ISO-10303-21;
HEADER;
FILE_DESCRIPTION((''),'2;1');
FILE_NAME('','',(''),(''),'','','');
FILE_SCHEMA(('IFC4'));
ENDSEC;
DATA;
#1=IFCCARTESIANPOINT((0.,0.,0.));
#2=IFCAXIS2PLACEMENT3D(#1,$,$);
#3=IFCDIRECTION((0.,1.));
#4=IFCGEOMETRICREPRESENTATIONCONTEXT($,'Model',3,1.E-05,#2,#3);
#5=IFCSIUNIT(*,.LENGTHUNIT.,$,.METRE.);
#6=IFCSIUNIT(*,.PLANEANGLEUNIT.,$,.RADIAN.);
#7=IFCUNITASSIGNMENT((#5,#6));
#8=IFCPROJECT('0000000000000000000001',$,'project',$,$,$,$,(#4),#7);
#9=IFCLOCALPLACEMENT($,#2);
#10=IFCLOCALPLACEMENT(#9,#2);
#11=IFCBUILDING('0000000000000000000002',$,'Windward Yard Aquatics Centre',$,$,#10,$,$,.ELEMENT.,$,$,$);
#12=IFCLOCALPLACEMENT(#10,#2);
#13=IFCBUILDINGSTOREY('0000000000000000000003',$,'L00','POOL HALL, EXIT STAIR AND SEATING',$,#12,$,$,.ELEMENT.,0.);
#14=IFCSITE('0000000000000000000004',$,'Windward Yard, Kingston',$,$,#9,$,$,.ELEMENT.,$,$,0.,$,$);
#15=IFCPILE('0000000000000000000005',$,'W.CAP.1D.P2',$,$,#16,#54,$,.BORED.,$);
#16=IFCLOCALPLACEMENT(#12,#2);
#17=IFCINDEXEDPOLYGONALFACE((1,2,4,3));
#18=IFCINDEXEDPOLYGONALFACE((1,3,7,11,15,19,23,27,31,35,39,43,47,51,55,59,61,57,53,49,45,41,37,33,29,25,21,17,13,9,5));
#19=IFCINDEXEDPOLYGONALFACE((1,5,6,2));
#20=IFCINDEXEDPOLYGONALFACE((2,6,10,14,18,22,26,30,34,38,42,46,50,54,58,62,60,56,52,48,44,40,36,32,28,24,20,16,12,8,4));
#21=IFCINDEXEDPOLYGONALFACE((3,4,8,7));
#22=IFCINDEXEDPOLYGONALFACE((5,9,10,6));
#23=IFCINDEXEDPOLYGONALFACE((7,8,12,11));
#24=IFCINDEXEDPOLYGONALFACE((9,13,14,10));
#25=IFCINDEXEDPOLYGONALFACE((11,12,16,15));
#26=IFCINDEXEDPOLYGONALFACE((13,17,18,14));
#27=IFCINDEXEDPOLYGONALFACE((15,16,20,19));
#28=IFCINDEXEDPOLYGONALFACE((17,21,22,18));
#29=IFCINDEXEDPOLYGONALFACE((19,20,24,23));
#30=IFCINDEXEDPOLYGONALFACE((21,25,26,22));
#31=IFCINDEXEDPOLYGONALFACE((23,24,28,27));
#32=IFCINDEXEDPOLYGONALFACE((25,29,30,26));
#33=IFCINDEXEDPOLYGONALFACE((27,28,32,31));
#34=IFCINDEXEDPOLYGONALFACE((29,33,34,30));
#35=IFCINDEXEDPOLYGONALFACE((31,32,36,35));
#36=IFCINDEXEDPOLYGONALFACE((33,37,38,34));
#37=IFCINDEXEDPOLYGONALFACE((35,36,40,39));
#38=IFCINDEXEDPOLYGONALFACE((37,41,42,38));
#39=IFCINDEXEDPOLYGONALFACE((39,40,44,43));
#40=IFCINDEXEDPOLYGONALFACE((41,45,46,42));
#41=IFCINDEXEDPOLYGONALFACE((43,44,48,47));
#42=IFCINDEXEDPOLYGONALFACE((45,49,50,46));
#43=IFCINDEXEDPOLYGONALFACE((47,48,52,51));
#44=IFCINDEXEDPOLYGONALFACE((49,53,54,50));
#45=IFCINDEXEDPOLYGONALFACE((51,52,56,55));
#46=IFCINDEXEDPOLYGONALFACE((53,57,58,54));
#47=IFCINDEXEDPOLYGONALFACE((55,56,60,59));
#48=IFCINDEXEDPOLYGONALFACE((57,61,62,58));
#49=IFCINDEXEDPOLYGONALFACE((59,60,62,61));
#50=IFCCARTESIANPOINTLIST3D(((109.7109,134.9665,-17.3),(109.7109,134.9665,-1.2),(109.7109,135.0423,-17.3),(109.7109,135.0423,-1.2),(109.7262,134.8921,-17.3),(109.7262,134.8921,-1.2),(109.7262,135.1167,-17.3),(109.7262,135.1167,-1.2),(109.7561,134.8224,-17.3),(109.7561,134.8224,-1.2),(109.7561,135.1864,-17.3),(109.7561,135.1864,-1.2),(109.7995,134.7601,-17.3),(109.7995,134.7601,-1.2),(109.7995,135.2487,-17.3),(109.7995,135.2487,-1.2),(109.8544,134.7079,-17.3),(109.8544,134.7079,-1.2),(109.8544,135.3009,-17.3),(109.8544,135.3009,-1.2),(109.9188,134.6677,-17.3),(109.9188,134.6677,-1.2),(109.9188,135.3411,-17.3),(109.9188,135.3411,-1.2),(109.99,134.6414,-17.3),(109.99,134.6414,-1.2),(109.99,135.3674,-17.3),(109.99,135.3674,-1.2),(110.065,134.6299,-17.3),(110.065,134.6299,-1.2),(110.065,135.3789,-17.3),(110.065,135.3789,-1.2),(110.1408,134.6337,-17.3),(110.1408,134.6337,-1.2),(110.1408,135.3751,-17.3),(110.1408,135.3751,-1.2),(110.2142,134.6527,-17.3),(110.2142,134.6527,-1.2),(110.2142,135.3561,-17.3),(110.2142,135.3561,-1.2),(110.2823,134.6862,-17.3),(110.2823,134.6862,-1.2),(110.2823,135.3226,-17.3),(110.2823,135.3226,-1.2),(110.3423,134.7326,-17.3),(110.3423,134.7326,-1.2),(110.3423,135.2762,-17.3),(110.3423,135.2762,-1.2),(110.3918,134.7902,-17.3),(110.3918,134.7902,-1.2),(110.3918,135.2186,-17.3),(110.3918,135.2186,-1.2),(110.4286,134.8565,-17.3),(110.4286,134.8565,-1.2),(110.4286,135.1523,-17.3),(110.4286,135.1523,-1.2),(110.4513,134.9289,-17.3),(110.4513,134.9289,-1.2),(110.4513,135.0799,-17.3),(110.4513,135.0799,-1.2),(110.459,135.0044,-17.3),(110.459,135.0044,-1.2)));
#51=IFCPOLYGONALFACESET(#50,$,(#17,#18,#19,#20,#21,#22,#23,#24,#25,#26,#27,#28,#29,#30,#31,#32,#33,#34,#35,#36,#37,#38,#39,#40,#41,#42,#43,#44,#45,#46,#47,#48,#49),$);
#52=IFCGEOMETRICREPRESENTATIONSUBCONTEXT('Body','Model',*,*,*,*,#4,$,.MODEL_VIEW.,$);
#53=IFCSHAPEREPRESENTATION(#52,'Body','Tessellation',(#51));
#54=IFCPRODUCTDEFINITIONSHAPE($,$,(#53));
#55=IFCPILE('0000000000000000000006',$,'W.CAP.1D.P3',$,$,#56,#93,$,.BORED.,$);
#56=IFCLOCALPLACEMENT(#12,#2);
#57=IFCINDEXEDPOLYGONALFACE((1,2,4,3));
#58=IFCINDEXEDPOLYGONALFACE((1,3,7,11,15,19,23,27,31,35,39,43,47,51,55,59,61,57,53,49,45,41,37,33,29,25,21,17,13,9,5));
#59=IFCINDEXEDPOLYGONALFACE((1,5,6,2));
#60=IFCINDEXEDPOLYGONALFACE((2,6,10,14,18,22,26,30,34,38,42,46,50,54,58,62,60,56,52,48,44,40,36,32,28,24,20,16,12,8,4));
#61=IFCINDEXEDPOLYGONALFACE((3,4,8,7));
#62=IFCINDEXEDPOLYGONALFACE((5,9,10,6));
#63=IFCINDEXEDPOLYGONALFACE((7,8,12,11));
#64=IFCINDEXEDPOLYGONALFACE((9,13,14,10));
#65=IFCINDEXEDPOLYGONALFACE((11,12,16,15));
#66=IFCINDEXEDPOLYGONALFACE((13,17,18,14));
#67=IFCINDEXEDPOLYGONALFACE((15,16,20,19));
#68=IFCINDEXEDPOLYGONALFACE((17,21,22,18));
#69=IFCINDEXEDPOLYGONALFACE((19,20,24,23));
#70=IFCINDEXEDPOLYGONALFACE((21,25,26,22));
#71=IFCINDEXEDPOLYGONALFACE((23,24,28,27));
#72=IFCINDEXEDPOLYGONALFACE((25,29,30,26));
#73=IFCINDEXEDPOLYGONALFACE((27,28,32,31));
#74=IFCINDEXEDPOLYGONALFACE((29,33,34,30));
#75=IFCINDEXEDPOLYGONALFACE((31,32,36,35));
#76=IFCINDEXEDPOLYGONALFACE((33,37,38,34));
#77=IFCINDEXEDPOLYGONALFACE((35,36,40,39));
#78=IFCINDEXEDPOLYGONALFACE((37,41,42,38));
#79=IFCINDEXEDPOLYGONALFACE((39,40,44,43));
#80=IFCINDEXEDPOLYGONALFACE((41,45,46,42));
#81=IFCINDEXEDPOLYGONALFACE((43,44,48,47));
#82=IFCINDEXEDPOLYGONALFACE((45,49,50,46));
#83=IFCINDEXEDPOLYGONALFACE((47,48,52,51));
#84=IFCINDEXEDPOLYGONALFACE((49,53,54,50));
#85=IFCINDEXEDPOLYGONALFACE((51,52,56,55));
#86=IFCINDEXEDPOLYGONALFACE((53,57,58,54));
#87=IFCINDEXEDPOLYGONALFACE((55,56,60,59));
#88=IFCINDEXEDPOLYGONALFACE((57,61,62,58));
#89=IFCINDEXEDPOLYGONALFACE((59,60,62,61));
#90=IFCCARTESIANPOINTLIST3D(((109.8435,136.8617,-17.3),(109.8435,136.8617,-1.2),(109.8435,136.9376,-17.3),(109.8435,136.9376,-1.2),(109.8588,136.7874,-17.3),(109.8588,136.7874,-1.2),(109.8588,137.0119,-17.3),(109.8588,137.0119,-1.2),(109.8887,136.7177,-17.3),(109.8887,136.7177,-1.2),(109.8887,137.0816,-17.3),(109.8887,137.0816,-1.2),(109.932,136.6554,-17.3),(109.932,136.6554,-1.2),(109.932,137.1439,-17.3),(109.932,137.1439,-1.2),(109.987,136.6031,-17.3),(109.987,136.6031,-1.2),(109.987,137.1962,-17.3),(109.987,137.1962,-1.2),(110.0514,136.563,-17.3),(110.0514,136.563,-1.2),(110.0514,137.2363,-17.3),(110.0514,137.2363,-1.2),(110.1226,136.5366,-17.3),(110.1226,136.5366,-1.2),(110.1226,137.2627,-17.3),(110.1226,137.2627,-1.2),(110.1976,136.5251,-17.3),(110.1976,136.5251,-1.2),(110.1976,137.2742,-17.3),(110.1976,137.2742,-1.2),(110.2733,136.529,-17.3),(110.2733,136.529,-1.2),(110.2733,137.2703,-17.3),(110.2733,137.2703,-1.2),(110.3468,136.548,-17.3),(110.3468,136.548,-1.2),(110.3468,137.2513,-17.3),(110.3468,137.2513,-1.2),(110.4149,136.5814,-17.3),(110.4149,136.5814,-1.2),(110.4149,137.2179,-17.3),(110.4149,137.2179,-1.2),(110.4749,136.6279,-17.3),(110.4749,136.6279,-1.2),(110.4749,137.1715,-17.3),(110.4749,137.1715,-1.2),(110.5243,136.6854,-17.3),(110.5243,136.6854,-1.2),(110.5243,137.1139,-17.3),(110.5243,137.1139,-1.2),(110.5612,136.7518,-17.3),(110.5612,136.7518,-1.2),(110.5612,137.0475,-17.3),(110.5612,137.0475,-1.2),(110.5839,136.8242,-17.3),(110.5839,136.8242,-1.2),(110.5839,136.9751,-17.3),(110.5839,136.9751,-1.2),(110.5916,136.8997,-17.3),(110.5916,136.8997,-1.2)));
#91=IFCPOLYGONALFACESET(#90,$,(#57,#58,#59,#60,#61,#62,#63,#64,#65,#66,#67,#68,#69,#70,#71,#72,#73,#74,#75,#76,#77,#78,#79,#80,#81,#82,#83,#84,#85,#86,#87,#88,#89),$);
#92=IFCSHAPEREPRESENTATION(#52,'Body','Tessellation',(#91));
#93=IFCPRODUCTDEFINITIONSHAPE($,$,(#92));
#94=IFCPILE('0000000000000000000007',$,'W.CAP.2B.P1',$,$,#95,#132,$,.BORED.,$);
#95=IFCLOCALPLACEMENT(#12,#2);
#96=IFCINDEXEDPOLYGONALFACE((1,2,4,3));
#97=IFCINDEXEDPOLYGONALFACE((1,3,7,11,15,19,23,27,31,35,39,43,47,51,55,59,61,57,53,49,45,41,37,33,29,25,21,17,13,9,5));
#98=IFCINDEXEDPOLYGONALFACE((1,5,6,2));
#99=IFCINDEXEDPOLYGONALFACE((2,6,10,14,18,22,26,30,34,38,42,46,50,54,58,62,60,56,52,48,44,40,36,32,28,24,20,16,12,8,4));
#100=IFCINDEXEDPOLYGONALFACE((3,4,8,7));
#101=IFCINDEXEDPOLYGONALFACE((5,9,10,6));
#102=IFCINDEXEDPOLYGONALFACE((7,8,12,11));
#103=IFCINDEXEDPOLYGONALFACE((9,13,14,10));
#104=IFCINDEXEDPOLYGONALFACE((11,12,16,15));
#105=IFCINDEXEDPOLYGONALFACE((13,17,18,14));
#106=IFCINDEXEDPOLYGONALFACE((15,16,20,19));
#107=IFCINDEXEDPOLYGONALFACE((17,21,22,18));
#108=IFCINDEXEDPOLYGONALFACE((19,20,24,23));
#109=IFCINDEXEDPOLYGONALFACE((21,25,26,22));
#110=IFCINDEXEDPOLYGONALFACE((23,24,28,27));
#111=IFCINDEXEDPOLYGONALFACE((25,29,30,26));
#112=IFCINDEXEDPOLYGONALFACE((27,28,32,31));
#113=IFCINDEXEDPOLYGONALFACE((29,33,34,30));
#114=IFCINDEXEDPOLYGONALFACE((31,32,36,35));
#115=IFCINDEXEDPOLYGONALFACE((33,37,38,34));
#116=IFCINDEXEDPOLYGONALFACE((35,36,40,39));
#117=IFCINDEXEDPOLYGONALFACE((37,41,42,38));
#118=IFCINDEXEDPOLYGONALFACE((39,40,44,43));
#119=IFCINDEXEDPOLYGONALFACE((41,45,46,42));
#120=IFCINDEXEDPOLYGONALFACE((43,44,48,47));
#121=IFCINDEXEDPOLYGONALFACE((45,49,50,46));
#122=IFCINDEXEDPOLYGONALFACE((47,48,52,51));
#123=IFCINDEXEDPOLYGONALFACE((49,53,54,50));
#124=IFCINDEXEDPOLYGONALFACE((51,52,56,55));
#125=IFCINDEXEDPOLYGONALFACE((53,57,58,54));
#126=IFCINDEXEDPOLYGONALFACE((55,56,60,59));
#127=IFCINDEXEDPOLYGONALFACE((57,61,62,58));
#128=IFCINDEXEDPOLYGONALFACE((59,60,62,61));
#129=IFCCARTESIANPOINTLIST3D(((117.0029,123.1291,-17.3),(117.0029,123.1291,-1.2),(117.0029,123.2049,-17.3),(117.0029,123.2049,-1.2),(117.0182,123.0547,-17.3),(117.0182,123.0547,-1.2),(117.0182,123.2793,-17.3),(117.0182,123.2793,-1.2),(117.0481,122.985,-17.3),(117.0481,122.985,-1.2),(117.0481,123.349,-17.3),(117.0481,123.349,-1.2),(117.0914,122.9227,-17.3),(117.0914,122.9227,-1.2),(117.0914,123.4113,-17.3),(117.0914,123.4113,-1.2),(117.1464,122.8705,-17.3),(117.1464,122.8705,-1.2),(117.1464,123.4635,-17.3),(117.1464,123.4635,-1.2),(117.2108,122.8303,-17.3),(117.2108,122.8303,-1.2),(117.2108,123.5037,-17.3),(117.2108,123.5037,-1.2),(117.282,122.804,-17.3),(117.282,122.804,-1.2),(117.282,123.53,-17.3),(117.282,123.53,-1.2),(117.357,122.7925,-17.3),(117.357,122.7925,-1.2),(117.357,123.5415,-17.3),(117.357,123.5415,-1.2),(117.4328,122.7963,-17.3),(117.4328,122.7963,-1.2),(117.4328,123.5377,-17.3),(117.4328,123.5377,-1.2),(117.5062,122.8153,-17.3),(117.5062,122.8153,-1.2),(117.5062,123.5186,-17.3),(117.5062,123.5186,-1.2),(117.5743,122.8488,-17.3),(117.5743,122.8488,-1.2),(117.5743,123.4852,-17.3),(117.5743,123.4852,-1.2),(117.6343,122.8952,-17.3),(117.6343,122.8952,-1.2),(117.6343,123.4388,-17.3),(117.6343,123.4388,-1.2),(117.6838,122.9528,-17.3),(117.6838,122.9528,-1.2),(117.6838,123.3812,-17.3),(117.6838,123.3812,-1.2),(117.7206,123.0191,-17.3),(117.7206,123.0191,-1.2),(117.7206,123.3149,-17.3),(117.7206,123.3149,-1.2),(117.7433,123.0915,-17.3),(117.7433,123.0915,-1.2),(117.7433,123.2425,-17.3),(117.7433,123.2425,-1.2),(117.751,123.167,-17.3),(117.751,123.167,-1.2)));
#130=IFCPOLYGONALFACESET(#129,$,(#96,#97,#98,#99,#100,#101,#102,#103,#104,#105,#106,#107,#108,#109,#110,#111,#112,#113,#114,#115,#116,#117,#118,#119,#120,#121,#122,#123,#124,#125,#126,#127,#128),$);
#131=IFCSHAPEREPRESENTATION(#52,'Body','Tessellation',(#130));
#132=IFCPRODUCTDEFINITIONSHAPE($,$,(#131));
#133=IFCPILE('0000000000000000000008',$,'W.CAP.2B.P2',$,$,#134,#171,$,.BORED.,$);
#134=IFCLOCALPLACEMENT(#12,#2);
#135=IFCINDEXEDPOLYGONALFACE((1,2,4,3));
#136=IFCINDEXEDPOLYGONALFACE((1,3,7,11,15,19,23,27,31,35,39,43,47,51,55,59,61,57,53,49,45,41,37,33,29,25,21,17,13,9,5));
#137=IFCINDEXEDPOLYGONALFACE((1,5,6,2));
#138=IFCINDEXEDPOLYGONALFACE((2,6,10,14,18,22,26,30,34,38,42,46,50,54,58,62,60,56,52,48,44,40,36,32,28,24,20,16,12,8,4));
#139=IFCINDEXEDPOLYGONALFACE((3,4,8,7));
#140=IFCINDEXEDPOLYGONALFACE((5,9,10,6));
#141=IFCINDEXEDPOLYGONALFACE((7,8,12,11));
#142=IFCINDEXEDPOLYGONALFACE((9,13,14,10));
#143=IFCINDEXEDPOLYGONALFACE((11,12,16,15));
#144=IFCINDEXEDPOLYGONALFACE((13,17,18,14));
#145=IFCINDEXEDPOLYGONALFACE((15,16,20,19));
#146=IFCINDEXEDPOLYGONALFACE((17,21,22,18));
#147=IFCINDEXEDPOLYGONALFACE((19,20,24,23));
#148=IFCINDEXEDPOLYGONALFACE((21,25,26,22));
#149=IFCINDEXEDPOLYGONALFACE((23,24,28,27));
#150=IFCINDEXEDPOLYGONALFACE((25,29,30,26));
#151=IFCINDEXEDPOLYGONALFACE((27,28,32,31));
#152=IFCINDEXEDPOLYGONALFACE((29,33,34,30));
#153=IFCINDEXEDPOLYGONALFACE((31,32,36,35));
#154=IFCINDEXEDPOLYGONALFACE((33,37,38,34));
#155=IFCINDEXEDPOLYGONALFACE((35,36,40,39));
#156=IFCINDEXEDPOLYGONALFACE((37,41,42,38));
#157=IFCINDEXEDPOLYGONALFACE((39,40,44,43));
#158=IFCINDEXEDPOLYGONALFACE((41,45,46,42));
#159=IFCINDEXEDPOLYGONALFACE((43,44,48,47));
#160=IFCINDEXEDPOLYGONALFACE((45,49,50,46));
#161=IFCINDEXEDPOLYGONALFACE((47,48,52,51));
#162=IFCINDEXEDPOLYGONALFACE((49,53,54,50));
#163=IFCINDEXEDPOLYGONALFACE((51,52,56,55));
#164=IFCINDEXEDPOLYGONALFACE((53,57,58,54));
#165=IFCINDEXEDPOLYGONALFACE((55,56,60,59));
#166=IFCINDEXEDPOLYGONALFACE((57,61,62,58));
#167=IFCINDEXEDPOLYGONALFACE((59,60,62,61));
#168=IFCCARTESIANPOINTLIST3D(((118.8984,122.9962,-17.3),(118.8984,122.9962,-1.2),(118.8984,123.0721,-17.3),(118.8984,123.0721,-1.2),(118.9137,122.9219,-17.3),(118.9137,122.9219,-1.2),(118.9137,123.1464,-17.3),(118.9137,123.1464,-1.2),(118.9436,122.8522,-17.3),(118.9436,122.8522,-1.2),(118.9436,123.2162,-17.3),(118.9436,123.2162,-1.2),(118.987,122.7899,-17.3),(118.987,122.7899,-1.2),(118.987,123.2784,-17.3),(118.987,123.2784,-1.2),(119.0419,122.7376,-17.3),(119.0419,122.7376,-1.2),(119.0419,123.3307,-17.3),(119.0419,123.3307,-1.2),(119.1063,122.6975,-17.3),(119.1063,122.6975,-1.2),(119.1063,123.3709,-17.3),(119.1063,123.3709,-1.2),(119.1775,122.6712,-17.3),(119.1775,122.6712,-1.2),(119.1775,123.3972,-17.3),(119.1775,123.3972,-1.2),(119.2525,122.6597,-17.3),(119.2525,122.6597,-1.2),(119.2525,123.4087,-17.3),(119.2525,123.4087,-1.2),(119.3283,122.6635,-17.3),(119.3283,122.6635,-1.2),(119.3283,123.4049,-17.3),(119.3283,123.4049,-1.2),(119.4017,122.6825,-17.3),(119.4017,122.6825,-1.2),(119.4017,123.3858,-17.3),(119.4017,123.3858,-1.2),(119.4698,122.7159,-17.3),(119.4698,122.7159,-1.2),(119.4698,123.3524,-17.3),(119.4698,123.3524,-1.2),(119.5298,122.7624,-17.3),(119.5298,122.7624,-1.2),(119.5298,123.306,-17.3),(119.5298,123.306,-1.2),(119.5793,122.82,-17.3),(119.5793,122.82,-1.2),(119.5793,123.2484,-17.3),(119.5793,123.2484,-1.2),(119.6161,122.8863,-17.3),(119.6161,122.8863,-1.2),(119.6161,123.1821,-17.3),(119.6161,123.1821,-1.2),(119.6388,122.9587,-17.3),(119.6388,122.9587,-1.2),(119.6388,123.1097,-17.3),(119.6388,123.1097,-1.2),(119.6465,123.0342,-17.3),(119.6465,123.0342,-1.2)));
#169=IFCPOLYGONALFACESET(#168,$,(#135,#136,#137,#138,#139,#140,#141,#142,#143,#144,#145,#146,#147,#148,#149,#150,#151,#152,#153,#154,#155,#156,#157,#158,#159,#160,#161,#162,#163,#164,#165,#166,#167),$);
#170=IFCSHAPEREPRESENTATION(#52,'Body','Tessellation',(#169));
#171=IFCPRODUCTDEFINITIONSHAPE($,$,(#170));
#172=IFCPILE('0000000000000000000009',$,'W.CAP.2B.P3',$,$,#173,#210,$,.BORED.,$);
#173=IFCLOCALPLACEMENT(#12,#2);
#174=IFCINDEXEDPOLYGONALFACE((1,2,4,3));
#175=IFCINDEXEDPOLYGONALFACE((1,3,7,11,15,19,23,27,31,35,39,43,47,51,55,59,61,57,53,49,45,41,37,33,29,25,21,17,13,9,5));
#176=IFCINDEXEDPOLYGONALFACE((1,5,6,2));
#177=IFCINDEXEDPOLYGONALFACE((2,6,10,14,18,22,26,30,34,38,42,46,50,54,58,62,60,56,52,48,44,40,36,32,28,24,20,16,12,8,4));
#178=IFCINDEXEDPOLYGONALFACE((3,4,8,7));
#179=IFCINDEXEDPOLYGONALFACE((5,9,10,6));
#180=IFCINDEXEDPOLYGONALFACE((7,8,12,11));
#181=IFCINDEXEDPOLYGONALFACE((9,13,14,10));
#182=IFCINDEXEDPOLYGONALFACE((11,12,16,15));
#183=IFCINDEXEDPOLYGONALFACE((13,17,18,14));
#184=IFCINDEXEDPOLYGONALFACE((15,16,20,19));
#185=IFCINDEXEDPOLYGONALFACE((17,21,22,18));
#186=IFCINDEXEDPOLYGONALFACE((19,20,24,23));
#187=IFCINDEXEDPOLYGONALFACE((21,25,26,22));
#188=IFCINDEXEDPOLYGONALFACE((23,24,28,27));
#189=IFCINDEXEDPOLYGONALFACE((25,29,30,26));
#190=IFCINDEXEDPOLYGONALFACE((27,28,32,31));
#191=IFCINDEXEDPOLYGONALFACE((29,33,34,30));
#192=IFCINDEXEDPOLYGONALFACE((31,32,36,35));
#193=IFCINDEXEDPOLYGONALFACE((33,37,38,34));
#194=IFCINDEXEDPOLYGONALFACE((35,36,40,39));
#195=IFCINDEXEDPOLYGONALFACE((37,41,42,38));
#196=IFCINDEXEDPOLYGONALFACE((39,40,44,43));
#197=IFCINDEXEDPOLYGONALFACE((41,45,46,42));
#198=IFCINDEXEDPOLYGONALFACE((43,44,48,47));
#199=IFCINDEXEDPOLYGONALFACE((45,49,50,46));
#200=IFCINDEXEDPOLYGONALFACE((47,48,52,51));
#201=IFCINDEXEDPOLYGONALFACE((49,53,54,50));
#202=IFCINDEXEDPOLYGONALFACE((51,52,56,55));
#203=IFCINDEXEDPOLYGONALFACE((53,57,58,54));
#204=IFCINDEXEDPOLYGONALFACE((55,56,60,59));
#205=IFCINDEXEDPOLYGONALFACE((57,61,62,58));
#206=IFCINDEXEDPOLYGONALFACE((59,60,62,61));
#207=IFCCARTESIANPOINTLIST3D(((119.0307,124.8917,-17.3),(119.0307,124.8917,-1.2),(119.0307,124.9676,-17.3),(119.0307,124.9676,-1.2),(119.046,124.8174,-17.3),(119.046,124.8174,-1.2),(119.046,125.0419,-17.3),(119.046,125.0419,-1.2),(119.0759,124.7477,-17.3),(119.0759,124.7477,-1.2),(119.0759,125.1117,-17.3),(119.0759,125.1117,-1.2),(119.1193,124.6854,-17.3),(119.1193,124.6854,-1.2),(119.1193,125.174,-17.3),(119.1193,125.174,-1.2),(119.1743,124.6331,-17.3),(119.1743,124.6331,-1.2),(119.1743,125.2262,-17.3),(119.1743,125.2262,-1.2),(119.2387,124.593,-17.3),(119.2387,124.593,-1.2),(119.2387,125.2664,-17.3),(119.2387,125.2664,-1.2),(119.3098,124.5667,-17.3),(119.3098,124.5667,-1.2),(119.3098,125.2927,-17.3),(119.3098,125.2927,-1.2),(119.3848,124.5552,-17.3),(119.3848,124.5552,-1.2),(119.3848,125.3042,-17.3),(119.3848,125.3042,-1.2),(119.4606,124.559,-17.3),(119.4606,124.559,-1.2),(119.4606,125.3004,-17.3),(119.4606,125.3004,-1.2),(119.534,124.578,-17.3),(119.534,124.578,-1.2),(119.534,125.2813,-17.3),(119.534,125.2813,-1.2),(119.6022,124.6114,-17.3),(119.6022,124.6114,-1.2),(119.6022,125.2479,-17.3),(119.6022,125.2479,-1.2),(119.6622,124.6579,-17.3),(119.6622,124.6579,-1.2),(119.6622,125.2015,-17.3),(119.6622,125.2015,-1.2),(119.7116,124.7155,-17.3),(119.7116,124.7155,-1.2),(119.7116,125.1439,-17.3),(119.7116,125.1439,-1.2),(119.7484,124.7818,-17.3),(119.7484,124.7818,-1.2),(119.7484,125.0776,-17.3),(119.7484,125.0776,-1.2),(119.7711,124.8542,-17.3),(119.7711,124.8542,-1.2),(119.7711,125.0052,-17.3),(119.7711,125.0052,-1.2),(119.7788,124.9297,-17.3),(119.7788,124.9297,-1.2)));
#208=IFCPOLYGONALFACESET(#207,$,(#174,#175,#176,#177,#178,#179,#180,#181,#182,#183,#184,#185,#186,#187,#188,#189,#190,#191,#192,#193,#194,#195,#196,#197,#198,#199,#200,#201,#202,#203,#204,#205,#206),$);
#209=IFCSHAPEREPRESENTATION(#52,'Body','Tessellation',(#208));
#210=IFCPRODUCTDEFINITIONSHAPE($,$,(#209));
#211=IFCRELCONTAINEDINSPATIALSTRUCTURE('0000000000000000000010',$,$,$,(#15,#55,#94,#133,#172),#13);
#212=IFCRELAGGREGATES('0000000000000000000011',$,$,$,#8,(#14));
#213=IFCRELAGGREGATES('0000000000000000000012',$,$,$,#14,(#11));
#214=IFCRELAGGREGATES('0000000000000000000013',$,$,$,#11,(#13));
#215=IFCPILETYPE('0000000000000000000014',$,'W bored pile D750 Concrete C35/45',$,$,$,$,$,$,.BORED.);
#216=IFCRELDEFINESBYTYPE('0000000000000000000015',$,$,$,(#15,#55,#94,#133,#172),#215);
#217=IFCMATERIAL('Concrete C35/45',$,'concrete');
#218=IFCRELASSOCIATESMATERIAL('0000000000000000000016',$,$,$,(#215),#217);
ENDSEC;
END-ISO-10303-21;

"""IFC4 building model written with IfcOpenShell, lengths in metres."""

from ifc_helpers import new_model, si_unit, direction, frame, origin, origin_2d, place, context, subcontext, project, spatial, circle, extrude, material, material_profile, profile_set, type_object, element, save


model = new_model("IFC4")

# Units and contexts
model_context = context("Model", 3, precision=1e-05, world=origin(), true_north=direction((0.0, 1.0)))
body_context = subcontext(model_context, "Body", "Model", "MODEL_VIEW")
ifc_project = project(units=[si_unit("LENGTHUNIT", "METRE"), si_unit("PLANEANGLEUNIT", "RADIAN")], contexts=[model_context])

# Site, building, storey
site_placement = place(None, origin())
site = spatial("IfcSite", under=ifc_project, at=site_placement, Name="Windward Yard, Kingston", CompositionType="ELEMENT", RefElevation=0.0)
building_placement = place(site_placement, origin())
building = spatial("IfcBuilding", under=site, at=building_placement, Name="Windward Yard Aquatics Centre", CompositionType="ELEMENT")
storey_placement = place(building_placement, origin())
storey = spatial("IfcBuildingStorey", under=building, at=storey_placement, Name="L00", Description="POOL HALL, EXIT STAIR AND SEATING", CompositionType="ELEMENT", Elevation=0.0)

# Piles
ifc_material_1 = material(Name="Concrete C35/45", Category="concrete")
ifc_material_profile_1 = material_profile(ifc_material_1, circle(Radius=0.375, at=origin_2d()), Name="D750")
ifc_profile_set_1 = profile_set([ifc_material_profile_1], Name="Concrete C35/45")
pile_type_1 = type_object("IfcPileType", Name="W bored pile D750 Concrete C35/45", PredefinedType="BORED", material=ifc_profile_set_1)
for number, where, z_axis, x_axis, name in (
    (1, (110.084, 135.0044, -1.2), (0.0, 0.0, -1.0), (1.0, 0.0, 0.0), "W.CAP.1D.P2"),
    (2, (110.2166, 136.8997, -1.2), (0.0, 0.0, -1.0), (1.0, 0.0, 0.0), "W.CAP.1D.P3"),
    (3, (117.376, 123.167, -1.2), (0.0, 0.0, -1.0), (1.0, 0.0, 0.0), "W.CAP.2B.P1"),
    (4, (119.2715, 123.0342, -1.2), (0.0, 0.0, -1.0), (1.0, 0.0, 0.0), "W.CAP.2B.P2"),
    (5, (119.4038, 124.9297, -1.2), (0.0, 0.0, -1.0), (1.0, 0.0, 0.0), "W.CAP.2B.P3"),
):
    element("IfcPile", number, at=place(storey_placement, frame(where, z_axis=z_axis, x_axis=x_axis)), inside=storey, type_object=pile_type_1, Name=name, PredefinedType="BORED", context=body_context, shape_type="SweptSolid", body=[
        extrude(circle(Radius=0.375, at=origin_2d()), origin(), (0.0, 0.0, 1.0), 16.1001),
    ])

save(model, "model.ifc")
